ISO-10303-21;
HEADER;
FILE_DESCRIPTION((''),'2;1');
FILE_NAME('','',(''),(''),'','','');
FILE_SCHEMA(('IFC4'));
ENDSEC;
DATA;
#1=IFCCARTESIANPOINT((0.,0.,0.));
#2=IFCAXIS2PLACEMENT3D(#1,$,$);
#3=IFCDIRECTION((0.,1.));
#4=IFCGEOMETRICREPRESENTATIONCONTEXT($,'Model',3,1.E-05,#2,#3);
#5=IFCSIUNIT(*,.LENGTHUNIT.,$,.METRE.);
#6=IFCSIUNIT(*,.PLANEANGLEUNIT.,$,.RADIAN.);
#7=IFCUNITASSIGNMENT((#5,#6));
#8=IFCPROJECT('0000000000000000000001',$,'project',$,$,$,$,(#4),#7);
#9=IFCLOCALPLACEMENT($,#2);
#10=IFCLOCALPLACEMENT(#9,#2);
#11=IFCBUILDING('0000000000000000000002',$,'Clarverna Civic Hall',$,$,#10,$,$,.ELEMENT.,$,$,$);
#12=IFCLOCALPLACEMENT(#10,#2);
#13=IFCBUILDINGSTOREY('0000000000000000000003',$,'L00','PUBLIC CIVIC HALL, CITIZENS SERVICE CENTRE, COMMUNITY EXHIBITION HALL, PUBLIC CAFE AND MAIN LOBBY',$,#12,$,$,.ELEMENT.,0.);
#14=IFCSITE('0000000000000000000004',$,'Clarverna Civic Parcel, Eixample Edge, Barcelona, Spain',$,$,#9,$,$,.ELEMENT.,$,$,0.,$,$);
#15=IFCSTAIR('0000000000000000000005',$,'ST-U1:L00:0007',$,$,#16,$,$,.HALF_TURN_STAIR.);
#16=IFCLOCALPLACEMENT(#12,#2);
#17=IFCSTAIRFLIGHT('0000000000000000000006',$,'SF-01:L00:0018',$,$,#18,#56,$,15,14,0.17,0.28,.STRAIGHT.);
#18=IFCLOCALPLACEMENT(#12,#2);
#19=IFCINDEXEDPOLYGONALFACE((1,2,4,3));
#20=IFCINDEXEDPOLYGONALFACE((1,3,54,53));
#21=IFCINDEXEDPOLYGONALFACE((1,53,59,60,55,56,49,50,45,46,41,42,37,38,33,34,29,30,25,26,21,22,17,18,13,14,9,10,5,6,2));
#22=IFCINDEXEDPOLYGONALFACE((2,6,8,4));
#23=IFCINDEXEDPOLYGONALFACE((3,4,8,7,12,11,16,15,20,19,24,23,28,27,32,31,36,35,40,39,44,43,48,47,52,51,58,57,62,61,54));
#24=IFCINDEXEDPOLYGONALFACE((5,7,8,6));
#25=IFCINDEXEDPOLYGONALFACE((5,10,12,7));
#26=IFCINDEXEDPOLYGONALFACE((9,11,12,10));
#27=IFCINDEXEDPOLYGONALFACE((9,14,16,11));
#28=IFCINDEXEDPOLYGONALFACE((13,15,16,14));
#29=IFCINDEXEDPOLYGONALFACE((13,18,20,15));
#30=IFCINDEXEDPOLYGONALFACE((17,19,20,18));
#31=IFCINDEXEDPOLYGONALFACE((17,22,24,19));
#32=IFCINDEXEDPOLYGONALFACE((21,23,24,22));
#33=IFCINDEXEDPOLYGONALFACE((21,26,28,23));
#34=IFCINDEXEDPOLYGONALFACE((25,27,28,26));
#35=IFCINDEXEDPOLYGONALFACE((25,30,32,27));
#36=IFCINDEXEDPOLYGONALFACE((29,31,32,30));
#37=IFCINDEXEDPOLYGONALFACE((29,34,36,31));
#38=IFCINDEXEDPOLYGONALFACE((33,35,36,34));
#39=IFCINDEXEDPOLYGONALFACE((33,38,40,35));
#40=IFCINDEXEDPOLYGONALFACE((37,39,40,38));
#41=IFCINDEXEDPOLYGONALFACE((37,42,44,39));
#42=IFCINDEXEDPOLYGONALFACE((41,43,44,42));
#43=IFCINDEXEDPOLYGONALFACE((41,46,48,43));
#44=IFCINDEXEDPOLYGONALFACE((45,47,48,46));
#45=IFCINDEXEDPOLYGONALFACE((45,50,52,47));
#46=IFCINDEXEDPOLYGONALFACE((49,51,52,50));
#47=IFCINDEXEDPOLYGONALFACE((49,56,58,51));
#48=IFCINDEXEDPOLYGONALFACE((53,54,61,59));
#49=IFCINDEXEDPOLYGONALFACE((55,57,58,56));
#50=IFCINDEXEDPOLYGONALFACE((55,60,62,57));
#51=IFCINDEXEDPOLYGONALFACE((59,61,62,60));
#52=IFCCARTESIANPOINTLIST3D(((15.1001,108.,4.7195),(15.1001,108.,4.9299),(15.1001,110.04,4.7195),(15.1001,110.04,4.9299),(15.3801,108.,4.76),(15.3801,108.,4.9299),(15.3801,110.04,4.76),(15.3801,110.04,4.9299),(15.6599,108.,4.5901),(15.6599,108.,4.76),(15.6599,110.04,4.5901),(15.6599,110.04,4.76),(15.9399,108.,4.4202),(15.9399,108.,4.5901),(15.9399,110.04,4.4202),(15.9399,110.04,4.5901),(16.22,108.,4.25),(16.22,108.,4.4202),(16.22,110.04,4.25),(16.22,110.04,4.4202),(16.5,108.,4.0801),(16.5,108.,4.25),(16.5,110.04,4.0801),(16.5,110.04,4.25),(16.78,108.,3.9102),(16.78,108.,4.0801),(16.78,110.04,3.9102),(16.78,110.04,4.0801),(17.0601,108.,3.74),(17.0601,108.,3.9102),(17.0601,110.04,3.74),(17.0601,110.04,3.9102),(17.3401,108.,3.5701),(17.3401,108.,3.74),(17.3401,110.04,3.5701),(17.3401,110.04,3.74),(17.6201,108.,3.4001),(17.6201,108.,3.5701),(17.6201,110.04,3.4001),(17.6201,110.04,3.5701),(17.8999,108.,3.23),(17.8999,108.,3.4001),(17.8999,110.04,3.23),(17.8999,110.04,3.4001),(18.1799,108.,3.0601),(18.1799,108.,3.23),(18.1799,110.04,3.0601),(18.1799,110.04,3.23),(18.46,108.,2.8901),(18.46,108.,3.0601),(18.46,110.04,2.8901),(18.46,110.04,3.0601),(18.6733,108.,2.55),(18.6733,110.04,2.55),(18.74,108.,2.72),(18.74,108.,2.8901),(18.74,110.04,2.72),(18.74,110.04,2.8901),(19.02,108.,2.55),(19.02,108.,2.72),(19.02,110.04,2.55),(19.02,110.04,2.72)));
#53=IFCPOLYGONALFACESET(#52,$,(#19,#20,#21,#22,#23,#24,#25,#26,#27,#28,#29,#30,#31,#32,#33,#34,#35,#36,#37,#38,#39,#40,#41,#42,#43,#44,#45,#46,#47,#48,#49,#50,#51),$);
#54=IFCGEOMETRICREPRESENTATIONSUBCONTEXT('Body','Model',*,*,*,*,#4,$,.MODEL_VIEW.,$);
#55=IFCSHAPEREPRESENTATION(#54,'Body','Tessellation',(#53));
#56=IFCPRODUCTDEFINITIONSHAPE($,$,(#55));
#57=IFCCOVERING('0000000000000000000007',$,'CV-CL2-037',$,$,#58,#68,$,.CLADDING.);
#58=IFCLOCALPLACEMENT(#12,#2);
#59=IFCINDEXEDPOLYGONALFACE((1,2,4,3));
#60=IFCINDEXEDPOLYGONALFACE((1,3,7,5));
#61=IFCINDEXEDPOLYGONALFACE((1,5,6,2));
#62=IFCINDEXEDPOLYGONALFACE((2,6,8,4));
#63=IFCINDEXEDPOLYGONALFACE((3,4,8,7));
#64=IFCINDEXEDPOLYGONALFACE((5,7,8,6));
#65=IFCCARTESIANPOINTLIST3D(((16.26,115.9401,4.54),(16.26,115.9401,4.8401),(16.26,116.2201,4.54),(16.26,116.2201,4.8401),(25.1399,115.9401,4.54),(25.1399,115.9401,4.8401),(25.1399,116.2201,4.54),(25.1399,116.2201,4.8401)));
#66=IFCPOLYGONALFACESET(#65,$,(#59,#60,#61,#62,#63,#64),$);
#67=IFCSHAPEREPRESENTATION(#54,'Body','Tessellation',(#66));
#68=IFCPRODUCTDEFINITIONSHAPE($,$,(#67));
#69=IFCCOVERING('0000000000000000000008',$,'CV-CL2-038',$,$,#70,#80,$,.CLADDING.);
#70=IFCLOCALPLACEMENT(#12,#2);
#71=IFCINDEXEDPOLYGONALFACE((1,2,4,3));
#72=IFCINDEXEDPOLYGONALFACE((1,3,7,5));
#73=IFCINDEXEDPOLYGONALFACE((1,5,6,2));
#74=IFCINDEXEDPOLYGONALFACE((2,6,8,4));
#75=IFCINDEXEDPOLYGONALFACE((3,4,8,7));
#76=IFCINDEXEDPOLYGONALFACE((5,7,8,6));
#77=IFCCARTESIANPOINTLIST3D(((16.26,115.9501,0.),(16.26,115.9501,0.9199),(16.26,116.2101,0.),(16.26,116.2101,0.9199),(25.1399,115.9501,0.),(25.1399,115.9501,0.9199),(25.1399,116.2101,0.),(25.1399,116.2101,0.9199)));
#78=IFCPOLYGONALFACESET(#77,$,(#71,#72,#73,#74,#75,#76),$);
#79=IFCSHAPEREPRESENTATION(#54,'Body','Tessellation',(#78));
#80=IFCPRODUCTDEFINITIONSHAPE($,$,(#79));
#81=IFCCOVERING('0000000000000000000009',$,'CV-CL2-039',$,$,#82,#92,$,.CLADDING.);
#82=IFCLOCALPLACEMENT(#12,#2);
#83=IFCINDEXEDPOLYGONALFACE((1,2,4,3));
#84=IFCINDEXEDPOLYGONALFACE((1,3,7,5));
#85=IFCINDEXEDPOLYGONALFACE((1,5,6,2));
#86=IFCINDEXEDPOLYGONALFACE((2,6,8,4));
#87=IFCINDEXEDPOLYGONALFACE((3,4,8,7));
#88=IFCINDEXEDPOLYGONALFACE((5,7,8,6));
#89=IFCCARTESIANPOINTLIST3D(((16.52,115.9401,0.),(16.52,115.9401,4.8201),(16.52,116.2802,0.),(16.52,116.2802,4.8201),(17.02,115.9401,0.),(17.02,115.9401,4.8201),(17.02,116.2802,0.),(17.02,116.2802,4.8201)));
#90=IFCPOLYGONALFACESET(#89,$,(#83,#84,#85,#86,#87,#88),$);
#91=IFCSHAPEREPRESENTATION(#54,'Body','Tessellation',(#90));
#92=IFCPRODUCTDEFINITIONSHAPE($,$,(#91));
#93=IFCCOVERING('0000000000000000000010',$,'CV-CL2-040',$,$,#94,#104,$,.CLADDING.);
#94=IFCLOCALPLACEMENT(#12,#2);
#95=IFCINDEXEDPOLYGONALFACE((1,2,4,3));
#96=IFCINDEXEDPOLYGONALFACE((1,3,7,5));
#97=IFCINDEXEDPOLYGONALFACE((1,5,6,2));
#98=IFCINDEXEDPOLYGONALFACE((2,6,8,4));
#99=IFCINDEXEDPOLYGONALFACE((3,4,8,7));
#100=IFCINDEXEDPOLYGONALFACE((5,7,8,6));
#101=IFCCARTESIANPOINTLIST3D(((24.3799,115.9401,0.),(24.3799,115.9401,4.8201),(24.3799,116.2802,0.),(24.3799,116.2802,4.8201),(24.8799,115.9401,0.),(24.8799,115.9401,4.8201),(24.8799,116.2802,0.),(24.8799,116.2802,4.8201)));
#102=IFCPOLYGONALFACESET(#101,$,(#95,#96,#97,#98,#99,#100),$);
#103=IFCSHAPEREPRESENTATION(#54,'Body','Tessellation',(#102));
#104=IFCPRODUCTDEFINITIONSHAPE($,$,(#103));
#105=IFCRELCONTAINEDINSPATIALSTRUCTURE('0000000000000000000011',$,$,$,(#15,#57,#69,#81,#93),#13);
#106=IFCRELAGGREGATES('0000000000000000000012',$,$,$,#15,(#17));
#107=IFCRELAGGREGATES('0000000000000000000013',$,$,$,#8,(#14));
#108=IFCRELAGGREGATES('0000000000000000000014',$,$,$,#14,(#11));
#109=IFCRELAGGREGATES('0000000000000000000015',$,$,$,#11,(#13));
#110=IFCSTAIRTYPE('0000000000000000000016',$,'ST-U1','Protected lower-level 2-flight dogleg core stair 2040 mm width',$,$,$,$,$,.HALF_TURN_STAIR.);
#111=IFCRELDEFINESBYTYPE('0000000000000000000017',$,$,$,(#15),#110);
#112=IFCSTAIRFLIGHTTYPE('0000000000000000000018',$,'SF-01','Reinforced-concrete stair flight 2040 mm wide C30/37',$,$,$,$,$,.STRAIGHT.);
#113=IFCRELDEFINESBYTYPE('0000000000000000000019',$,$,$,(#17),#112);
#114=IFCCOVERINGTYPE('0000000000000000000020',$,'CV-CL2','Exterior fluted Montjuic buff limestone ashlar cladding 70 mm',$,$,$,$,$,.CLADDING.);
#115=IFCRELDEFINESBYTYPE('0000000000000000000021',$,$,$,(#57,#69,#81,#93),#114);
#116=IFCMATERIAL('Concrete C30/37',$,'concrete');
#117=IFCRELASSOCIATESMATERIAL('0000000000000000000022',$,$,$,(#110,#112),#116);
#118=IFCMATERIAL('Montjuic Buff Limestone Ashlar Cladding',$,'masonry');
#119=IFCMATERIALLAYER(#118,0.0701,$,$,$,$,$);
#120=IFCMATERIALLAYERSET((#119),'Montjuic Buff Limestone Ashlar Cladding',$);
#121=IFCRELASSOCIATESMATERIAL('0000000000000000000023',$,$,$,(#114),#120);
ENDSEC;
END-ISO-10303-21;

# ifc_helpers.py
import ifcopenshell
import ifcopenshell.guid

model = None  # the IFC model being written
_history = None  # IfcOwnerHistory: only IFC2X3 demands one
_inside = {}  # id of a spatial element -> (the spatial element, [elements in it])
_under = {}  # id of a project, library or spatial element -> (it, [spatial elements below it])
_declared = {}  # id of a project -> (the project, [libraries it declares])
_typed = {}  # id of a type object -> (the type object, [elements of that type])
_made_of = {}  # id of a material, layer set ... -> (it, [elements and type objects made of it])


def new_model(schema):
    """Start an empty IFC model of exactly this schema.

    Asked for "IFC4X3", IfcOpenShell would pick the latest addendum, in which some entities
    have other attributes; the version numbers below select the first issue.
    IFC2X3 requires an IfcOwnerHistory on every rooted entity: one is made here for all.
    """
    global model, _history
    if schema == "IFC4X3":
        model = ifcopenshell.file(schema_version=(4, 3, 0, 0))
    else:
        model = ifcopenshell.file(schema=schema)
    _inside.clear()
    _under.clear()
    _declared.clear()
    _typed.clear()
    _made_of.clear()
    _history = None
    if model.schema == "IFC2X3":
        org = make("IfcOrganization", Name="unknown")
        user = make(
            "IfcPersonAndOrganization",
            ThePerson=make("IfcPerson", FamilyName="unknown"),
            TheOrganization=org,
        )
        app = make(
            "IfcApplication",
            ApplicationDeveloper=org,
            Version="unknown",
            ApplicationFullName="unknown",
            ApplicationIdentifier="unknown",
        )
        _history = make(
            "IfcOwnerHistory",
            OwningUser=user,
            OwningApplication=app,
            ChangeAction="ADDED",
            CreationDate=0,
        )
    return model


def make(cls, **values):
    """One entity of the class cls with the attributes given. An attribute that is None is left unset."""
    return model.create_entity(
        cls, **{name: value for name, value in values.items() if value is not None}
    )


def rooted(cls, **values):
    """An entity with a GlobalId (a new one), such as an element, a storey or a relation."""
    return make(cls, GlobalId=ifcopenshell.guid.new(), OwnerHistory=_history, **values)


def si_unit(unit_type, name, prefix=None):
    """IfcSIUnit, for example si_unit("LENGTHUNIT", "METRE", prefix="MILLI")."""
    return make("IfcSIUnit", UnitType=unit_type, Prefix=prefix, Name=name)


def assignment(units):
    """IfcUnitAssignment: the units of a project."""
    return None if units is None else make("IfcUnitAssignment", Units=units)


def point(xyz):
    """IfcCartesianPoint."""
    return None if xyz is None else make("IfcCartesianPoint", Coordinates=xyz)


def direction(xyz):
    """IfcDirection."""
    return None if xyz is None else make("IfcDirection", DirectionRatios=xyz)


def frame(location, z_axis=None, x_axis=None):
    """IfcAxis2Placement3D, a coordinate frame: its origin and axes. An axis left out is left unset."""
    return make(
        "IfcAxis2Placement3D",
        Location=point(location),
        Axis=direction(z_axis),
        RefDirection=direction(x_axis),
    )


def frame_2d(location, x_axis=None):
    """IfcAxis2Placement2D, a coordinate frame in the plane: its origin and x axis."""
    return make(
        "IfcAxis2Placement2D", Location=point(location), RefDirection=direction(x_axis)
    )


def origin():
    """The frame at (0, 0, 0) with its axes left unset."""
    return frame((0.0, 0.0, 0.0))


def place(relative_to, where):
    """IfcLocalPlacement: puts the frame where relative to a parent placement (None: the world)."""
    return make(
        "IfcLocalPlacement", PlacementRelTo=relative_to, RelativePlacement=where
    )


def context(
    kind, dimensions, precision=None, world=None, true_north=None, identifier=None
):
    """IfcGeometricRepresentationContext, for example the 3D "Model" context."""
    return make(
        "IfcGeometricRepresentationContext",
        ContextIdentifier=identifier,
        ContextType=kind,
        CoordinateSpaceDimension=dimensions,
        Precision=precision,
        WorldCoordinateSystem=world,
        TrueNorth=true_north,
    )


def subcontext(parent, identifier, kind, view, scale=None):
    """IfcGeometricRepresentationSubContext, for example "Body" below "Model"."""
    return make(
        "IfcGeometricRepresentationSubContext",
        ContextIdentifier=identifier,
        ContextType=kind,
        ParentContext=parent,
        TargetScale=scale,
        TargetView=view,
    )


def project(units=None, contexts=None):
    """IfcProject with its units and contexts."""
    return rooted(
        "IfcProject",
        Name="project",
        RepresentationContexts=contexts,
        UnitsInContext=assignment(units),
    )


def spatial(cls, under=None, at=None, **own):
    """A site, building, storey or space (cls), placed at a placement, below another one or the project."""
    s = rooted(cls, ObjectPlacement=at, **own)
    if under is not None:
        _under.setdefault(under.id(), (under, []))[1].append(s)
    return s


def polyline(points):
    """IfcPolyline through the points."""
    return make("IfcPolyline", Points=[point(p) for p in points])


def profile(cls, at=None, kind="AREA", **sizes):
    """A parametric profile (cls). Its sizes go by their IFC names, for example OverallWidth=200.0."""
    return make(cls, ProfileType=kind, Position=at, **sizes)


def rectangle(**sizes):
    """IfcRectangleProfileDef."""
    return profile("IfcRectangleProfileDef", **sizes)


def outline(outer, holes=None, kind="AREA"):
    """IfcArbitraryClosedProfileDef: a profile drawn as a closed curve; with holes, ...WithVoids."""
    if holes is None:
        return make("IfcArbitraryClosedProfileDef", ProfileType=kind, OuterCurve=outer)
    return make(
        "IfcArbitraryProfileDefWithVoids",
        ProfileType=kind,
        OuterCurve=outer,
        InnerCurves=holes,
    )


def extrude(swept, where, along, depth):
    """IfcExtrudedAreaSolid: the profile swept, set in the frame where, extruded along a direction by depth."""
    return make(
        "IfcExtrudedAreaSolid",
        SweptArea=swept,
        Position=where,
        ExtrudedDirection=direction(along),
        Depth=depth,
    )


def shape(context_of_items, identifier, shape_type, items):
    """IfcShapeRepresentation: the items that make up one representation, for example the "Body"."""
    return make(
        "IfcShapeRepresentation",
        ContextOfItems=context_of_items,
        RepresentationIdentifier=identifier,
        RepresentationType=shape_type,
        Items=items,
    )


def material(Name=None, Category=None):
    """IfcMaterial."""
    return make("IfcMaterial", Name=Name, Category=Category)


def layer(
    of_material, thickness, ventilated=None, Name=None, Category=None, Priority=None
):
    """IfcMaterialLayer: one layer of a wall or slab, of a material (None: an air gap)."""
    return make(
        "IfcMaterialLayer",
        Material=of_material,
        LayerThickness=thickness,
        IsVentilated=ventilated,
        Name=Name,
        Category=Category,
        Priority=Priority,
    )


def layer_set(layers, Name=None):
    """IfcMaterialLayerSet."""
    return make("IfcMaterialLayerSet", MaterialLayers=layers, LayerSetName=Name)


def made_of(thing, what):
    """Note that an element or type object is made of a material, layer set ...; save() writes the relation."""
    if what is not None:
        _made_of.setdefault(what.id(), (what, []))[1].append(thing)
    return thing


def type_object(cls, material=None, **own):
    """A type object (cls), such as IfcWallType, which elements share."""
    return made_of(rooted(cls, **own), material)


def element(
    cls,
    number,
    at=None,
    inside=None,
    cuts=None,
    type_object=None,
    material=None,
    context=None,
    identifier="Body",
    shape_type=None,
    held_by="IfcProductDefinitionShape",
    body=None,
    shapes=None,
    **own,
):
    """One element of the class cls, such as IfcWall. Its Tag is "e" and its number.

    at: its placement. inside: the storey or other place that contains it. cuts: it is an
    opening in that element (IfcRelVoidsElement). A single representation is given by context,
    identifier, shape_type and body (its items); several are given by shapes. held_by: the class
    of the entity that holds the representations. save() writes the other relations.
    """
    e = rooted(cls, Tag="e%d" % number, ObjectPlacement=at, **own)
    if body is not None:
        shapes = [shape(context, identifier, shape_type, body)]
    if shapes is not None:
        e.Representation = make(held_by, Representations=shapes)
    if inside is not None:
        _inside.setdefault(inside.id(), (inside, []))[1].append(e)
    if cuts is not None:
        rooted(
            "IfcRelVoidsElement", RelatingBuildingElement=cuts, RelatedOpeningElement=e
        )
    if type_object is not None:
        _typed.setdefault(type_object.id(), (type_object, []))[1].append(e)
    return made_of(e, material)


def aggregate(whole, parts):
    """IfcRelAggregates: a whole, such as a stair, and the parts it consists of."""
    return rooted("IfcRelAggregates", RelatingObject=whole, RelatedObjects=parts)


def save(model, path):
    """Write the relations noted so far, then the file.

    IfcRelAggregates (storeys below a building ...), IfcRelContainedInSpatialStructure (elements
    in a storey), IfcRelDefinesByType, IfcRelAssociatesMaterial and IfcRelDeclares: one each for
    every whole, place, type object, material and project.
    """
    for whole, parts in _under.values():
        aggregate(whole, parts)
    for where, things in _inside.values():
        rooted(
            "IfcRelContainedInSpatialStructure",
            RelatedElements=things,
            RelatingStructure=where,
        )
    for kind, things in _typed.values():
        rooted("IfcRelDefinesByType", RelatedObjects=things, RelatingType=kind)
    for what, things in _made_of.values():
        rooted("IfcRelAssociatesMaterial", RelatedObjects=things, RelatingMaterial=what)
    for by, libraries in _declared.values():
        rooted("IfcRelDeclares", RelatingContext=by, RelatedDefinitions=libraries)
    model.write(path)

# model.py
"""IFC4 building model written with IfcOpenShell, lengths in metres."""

from ifc_helpers import new_model, si_unit, direction, frame, frame_2d, origin, place, context, subcontext, project, spatial, polyline, rectangle, outline, extrude, material, layer, layer_set, type_object, element, aggregate, save


model = new_model("IFC4")

# Units and contexts
model_context = context("Model", 3, precision=1e-05, world=origin(), true_north=direction((0.0, 1.0)))
body_context = subcontext(model_context, "Body", "Model", "MODEL_VIEW")
ifc_project = project(units=[si_unit("LENGTHUNIT", "METRE"), si_unit("PLANEANGLEUNIT", "RADIAN")], contexts=[model_context])

# Site, building, storey
site_placement = place(None, origin())
site = spatial("IfcSite", under=ifc_project, at=site_placement, Name="Clarverna Civic Parcel, Eixample Edge, Barcelona, Spain", CompositionType="ELEMENT", RefElevation=0.0)
building_placement = place(site_placement, origin())
building = spatial("IfcBuilding", under=site, at=building_placement, Name="Clarverna Civic Hall", CompositionType="ELEMENT")
storey_placement = place(building_placement, origin())
storey = spatial("IfcBuildingStorey", under=building, at=storey_placement, Name="L00", Description="PUBLIC CIVIC HALL, CITIZENS SERVICE CENTRE, COMMUNITY EXHIBITION HALL, PUBLIC CAFE AND MAIN LOBBY", CompositionType="ELEMENT", Elevation=0.0)

# Stair, stair flight
ifc_material_1 = material(Name="Concrete C30/37", Category="concrete")
stair_type = type_object("IfcStairType", Name="ST-U1", Description="Protected lower-level 2-flight dogleg core stair 2040 mm width", PredefinedType="HALF_TURN_STAIR", material=ifc_material_1)
stair_placement = place(storey_placement, origin())
stair = element("IfcStair", 1, at=stair_placement, inside=storey, type_object=stair_type, Name="ST-U1:L00:0007", PredefinedType="HALF_TURN_STAIR")
stair_flight_type = type_object("IfcStairFlightType", Name="SF-01", Description="Reinforced-concrete stair flight 2040 mm wide C30/37", PredefinedType="STRAIGHT", material=ifc_material_1)
stair_flight_placement = place(storey_placement, frame((19.02, 109.02, 2.55), z_axis=(0.0, 0.0, 1.0), x_axis=(-1.0, 0.0, 0.0)))
stair_flight = element("IfcStairFlight", 2, at=stair_flight_placement, type_object=stair_flight_type, Name="SF-01:L00:0018", NumberOfRisers=15, NumberOfTreads=14, PredefinedType="STRAIGHT", RiserHeight=0.17, TreadLength=0.28, context=body_context, shape_type="SweptSolid", body=[
    extrude(outline(polyline([(0.0, 0.0), (0.0, 0.1699), (0.28, 0.1699), (0.28, 0.3401), (0.5601, 0.3401), (0.5601, 0.51), (0.8401, 0.51), (0.8401, 0.6799), (1.1201, 0.6799), (1.1201, 0.8501), (1.3999, 0.8501), (1.3999, 1.02), (1.6799, 1.02), (1.6799, 1.1899), (1.96, 1.1899), (1.96, 1.3601), (2.24, 1.3601), (2.24, 1.53), (2.52, 1.53), (2.52, 1.7), (2.8, 1.7), (2.8, 1.8701), (3.0801, 1.8701), (3.0801, 2.04), (3.3601, 2.04), (3.3601, 2.21), (3.6399, 2.21), (3.6399, 2.3799), (3.9199, 2.3799), (3.9199, 2.55), (3.9199, 2.1694), (0.3467, 0.0), (0.0, 0.0)])), frame((0.0, 1.02, 0.0), z_axis=(0.0, -1.0, 0.0), x_axis=(1.0, 0.0, 0.0)), (0.0, 0.0, 1.0), 2.04),
])
aggregate(stair, [stair_flight])

# Coverings
ifc_material_2 = material(Name="Montjuic Buff Limestone Ashlar Cladding", Category="masonry")
ifc_layer_1 = layer(ifc_material_2, 0.0701)
ifc_layer_set_1 = layer_set([ifc_layer_1], Name="Montjuic Buff Limestone Ashlar Cladding")
covering_type = type_object("IfcCoveringType", Name="CV-CL2", Description="Exterior fluted Montjuic buff limestone ashlar cladding 70 mm", PredefinedType="CLADDING", material=ifc_layer_set_1)
covering_1_placement = place(storey_placement, frame((16.26, 116.0801, 4.54), z_axis=(0.0, 0.0, 1.0), x_axis=(1.0, 0.0, 0.0)))
element("IfcCovering", 3, at=covering_1_placement, inside=storey, type_object=covering_type, Name="CV-CL2-037", PredefinedType="CLADDING", context=body_context, shape_type="SweptSolid", body=[
    extrude(rectangle(XDim=8.8799, YDim=0.28, at=frame_2d((4.4399, 0.0))), origin(), (0.0, 0.0, 1.0), 0.3),
])
covering_2_placement = place(storey_placement, frame((16.26, 116.0801, 0.0), z_axis=(0.0, 0.0, 1.0), x_axis=(1.0, 0.0, 0.0)))
element("IfcCovering", 4, at=covering_2_placement, inside=storey, type_object=covering_type, Name="CV-CL2-038", PredefinedType="CLADDING", context=body_context, shape_type="SweptSolid", body=[
    extrude(rectangle(XDim=8.8799, YDim=0.26, at=frame_2d((4.4399, 0.0))), origin(), (0.0, 0.0, 1.0), 0.9199),
])
for number, where, z_axis, x_axis, name in (
    (5, (16.52, 116.1101, 0.0), (0.0, 0.0, 1.0), (1.0, 0.0, 0.0), "CV-CL2-039"),
    (6, (24.3799, 116.1101, 0.0), (0.0, 0.0, 1.0), (1.0, 0.0, 0.0), "CV-CL2-040"),
):
    element("IfcCovering", number, at=place(storey_placement, frame(where, z_axis=z_axis, x_axis=x_axis)), inside=storey, type_object=covering_type, Name=name, PredefinedType="CLADDING", context=body_context, shape_type="SweptSolid", body=[
        extrude(rectangle(XDim=0.5, YDim=0.3401, at=frame_2d((0.25, 0.0))), origin(), (0.0, 0.0, 1.0), 4.8201),
    ])

save(model, "model.ifc")
